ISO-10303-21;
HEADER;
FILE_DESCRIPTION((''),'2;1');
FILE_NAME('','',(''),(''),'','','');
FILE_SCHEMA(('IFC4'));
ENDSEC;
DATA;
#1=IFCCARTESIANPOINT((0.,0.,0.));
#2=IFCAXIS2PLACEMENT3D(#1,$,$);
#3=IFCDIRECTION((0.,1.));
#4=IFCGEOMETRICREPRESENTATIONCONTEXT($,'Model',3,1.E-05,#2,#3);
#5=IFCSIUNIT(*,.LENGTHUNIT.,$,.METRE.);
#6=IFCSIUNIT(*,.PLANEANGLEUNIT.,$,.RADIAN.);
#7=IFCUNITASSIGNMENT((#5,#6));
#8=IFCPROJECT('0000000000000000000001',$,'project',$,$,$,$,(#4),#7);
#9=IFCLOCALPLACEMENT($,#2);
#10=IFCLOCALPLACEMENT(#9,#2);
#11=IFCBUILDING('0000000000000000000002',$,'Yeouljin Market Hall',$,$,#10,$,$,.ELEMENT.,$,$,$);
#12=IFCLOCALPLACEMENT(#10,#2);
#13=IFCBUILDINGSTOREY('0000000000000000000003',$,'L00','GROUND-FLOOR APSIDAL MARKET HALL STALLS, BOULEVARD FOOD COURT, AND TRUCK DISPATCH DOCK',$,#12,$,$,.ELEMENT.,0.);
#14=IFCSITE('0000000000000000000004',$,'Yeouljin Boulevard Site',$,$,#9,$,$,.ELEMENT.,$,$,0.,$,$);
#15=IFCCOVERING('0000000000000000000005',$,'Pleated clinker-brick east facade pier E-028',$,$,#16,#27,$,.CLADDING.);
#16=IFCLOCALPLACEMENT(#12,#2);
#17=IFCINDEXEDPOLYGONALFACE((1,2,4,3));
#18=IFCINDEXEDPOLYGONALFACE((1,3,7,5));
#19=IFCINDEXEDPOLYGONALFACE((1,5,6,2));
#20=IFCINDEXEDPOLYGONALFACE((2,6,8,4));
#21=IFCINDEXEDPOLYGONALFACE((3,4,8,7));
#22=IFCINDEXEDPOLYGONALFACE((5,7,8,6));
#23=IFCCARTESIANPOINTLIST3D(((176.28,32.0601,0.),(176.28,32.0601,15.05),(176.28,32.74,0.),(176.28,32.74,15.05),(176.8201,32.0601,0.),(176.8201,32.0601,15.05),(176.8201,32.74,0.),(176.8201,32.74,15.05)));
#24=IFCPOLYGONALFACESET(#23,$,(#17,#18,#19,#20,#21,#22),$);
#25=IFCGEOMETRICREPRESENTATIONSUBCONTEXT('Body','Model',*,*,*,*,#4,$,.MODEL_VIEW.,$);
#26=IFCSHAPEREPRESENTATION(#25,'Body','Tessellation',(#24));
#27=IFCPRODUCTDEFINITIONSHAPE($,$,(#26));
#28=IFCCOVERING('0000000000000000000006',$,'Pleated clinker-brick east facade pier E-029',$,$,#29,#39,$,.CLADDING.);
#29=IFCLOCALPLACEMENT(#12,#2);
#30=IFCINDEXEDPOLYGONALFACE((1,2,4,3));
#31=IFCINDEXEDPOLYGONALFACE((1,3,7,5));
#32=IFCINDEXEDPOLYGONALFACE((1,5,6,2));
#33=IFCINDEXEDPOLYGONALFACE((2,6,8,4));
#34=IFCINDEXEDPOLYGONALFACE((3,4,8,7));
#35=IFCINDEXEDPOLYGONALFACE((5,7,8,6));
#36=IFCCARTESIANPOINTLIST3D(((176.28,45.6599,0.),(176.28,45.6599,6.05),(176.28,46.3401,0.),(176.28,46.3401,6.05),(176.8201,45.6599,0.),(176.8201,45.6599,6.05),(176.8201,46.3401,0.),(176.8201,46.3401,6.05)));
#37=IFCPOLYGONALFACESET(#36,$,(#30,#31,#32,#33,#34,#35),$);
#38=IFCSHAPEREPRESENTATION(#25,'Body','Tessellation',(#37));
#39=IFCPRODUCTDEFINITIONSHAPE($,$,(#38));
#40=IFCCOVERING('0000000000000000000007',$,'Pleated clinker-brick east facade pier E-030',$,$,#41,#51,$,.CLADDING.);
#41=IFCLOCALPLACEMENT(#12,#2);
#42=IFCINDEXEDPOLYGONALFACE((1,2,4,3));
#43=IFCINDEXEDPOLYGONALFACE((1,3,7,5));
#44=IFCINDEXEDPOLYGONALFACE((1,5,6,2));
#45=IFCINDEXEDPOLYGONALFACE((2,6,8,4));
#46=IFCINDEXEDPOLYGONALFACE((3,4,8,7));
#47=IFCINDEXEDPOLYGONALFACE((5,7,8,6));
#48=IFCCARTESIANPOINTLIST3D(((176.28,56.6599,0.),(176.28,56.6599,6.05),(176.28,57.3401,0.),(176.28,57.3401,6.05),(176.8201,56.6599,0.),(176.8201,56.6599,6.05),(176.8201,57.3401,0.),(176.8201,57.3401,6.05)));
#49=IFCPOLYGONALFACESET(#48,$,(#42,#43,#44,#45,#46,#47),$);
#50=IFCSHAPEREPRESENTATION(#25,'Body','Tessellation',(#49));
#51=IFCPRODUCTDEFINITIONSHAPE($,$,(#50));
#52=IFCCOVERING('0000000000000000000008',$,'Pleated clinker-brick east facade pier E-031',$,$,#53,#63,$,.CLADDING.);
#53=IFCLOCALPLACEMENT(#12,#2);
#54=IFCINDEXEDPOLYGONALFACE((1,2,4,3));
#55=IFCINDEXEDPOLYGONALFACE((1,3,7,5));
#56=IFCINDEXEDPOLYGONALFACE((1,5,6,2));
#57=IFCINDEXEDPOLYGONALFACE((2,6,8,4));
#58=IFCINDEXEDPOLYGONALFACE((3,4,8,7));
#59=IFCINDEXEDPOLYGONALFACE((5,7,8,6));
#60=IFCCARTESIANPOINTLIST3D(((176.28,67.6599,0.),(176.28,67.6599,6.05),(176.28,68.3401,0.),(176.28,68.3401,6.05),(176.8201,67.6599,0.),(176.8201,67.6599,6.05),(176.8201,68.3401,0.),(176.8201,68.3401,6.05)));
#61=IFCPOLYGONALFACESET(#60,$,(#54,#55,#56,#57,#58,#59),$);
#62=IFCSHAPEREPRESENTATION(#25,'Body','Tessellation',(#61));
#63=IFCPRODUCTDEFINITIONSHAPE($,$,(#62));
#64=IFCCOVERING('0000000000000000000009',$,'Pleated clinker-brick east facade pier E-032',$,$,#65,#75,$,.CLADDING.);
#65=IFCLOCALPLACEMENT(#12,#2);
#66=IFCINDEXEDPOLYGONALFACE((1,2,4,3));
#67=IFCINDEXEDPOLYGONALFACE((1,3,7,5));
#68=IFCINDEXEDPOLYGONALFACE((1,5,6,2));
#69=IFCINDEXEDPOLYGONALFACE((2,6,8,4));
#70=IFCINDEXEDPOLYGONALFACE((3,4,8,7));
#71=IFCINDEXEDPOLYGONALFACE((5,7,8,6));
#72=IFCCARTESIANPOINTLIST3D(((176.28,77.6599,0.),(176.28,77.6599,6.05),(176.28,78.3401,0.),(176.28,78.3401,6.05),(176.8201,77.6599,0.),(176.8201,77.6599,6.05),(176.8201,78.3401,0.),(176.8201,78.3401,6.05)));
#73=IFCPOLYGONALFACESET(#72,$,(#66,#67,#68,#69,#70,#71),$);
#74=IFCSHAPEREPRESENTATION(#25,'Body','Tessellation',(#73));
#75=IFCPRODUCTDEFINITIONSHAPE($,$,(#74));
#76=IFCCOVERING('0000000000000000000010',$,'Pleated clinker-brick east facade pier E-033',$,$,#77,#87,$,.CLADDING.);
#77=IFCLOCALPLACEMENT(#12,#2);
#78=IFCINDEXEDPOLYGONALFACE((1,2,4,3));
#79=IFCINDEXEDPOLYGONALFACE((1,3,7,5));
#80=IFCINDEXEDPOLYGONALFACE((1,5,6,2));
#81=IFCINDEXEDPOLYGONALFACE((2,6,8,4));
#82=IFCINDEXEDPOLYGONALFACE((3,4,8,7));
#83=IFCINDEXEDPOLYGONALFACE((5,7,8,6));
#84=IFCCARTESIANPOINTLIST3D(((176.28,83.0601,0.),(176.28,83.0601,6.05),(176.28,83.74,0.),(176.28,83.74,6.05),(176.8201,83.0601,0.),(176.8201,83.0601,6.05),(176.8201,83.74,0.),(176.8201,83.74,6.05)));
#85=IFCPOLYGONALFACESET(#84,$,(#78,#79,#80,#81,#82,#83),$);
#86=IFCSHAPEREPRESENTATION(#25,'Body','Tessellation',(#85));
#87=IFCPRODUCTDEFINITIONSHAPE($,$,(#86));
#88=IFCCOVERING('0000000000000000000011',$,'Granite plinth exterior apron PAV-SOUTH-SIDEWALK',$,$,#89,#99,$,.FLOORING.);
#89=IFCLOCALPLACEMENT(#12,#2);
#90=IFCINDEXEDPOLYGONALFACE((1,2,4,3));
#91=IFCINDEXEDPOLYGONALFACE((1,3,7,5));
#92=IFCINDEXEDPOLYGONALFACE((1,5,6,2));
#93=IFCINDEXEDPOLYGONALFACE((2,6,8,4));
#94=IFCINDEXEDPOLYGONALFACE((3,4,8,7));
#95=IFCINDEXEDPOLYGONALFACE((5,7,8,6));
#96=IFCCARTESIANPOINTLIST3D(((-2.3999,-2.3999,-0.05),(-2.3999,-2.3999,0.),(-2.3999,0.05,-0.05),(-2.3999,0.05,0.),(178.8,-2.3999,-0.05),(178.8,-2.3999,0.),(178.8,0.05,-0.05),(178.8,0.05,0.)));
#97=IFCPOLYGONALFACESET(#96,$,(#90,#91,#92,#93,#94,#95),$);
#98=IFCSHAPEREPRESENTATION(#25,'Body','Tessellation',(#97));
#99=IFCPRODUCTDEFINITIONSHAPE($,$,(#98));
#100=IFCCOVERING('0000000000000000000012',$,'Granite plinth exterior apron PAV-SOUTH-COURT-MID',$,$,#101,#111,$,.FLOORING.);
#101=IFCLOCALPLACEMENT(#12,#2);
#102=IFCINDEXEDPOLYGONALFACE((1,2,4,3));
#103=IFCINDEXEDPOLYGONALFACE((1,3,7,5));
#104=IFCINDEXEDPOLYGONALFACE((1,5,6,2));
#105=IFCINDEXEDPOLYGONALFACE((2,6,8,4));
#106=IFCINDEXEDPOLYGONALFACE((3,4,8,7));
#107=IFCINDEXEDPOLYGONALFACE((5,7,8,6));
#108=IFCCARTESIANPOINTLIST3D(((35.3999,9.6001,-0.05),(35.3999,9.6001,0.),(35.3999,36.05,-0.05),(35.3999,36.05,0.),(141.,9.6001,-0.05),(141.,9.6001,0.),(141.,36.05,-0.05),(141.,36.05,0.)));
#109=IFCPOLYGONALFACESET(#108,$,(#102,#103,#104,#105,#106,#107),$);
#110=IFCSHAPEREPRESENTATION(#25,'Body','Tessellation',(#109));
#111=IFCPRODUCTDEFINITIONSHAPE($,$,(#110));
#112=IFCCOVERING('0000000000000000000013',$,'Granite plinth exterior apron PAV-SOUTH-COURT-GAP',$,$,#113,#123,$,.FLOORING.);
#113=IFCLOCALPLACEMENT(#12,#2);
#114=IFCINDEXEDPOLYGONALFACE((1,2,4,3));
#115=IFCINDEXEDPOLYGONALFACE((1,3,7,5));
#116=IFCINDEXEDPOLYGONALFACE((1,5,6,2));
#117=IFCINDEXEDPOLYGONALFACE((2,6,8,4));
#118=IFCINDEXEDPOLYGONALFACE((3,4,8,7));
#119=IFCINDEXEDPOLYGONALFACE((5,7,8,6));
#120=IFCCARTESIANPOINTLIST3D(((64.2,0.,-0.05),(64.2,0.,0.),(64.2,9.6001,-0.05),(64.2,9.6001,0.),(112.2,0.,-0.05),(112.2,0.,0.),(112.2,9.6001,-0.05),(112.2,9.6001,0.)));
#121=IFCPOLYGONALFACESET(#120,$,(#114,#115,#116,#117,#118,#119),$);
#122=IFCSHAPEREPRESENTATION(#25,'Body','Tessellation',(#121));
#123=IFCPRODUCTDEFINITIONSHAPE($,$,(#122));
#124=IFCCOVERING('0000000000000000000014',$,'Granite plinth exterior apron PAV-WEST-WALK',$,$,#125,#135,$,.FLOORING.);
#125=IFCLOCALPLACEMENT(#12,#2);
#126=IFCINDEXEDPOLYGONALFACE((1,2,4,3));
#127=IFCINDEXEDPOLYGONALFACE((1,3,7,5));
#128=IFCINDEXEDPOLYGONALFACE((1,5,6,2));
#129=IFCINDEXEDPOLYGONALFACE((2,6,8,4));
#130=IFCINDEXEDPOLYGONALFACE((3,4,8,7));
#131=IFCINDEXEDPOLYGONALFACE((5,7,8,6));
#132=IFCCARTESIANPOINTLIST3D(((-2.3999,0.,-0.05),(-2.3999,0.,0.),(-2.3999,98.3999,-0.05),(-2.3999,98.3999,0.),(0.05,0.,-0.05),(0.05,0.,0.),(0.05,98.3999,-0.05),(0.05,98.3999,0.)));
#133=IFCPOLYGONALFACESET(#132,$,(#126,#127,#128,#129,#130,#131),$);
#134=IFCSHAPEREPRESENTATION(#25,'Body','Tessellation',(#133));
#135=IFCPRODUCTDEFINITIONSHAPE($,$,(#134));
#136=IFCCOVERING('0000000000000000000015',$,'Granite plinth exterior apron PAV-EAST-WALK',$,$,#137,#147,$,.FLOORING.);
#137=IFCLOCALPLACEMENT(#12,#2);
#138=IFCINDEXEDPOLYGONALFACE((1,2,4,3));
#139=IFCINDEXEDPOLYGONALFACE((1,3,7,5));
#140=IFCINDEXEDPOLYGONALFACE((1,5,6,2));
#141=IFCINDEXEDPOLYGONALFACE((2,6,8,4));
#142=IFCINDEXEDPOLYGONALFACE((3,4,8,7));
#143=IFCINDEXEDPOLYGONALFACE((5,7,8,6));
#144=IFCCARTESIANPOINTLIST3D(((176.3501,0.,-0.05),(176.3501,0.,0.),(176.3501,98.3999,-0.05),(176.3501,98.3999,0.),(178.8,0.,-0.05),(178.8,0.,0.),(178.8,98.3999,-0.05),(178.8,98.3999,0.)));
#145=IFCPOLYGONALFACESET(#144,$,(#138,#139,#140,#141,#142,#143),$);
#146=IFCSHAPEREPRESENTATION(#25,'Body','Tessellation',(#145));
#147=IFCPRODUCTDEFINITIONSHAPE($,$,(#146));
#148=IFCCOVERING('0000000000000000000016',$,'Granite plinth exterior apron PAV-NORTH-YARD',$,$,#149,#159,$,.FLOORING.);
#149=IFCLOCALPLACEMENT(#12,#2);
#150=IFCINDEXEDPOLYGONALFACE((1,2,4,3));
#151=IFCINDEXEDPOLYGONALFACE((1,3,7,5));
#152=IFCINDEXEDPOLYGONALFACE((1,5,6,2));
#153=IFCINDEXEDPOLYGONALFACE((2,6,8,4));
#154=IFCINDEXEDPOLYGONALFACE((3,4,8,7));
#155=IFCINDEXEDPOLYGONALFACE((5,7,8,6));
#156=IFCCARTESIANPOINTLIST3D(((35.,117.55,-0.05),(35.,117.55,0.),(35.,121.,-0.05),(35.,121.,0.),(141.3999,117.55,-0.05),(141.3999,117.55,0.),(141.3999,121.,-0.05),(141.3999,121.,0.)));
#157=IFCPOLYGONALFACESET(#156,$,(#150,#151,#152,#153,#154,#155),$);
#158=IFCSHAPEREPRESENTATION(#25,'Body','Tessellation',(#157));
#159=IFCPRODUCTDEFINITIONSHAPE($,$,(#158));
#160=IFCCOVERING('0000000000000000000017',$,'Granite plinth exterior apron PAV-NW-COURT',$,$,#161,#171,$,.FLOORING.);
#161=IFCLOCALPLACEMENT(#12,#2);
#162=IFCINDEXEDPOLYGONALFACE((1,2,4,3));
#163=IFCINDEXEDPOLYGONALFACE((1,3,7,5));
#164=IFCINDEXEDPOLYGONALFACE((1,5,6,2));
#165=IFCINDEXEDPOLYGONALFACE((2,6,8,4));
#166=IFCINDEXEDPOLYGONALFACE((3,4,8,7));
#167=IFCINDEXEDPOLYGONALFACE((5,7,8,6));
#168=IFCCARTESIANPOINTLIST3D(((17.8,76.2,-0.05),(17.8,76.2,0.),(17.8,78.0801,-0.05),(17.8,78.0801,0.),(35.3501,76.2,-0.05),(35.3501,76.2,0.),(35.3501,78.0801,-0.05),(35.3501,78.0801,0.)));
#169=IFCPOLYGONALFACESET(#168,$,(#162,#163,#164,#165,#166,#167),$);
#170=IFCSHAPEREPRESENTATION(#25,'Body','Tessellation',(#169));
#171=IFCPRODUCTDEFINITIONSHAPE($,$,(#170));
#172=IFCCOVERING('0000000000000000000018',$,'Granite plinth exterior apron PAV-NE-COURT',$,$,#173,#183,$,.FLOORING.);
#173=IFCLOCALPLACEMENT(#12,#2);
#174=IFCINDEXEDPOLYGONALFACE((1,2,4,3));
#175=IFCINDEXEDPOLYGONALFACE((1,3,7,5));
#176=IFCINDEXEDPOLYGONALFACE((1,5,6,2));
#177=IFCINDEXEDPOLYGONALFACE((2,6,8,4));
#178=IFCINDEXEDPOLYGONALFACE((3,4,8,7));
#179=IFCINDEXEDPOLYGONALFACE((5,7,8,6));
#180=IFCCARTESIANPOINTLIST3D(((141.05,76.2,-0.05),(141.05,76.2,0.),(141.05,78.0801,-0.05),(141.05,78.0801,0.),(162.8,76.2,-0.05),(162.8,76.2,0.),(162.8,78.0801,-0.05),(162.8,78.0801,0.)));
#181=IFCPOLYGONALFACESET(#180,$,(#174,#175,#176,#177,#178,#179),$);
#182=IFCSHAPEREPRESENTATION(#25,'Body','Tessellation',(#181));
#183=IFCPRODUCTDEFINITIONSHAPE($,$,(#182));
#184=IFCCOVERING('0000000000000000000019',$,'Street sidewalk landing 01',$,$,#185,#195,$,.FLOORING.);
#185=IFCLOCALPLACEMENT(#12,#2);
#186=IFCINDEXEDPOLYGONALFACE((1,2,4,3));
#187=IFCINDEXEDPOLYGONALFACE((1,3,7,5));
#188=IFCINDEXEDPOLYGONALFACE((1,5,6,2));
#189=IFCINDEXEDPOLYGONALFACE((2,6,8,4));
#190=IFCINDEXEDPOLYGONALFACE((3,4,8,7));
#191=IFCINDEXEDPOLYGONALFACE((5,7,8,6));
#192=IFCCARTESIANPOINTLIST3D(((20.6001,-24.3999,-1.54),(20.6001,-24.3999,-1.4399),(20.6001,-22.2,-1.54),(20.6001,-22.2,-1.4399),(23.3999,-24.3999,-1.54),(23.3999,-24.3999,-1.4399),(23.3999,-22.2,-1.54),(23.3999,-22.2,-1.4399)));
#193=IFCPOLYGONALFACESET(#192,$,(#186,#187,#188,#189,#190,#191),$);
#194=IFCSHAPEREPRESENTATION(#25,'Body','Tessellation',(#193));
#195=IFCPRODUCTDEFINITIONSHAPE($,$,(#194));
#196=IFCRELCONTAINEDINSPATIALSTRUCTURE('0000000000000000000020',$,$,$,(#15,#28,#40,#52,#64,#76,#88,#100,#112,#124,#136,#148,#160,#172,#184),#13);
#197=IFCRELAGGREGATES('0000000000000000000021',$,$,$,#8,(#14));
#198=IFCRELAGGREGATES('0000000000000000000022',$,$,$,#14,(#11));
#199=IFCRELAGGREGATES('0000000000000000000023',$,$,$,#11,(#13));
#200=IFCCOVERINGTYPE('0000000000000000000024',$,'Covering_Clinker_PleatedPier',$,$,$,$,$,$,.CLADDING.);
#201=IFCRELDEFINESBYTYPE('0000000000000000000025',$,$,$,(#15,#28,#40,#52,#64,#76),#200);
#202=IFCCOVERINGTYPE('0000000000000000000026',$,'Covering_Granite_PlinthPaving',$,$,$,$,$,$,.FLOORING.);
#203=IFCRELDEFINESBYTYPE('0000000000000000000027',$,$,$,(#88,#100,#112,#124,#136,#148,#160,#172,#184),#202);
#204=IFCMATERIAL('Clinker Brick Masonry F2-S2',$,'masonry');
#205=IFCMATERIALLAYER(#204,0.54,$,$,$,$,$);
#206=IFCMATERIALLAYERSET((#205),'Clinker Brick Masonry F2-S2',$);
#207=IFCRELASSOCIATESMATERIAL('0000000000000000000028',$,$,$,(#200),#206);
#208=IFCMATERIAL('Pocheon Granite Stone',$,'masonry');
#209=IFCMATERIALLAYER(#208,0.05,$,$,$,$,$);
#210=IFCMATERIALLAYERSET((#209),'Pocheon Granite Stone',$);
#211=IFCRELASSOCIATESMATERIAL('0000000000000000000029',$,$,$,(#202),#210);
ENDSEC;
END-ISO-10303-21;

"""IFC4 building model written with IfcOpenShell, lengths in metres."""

from ifc_helpers import new_model, si_unit, direction, frame, origin, place, context, subcontext, project, spatial, polyline, outline, extrude, material, layer, layer_set, type_object, element, save


model = new_model("IFC4")

# Units and contexts
model_context = context("Model", 3, precision=1e-05, world=origin(), true_north=direction((0.0, 1.0)))
body_context = subcontext(model_context, "Body", "Model", "MODEL_VIEW")
ifc_project = project(units=[si_unit("LENGTHUNIT", "METRE"), si_unit("PLANEANGLEUNIT", "RADIAN")], contexts=[model_context])

# Site, building, storey
site_placement = place(None, origin())
site = spatial("IfcSite", under=ifc_project, at=site_placement, Name="Yeouljin Boulevard Site", CompositionType="ELEMENT", RefElevation=0.0)
building_placement = place(site_placement, origin())
building = spatial("IfcBuilding", under=site, at=building_placement, Name="Yeouljin Market Hall", CompositionType="ELEMENT")
storey_placement = place(building_placement, origin())
storey = spatial("IfcBuildingStorey", under=building, at=storey_placement, Name="L00", Description="GROUND-FLOOR APSIDAL MARKET HALL STALLS, BOULEVARD FOOD COURT, AND TRUCK DISPATCH DOCK", CompositionType="ELEMENT", Elevation=0.0)

# Coverings
ifc_material_1 = material(Name="Clinker Brick Masonry F2-S2", Category="masonry")
ifc_layer_1 = layer(ifc_material_1, 0.54)
ifc_layer_set_1 = layer_set([ifc_layer_1], Name="Clinker Brick Masonry F2-S2")
covering_type_1 = type_object("IfcCoveringType", Name="Covering_Clinker_PleatedPier", PredefinedType="CLADDING", material=ifc_layer_set_1)
covering_1_placement = place(storey_placement, origin())
element("IfcCovering", 1, at=covering_1_placement, inside=storey, type_object=covering_type_1, Name="Pleated clinker-brick east facade pier E-028", PredefinedType="CLADDING", context=body_context, shape_type="SweptSolid", body=[
    extrude(outline(polyline([(176.28, 32.0601), (176.8201, 32.0601), (176.8201, 32.74), (176.28, 32.74), (176.28, 32.0601)])), origin(), (0.0, 0.0, 1.0), 15.05),
])
covering_2_placement = place(storey_placement, origin())
element("IfcCovering", 2, at=covering_2_placement, inside=storey, type_object=covering_type_1, Name="Pleated clinker-brick east facade pier E-029", PredefinedType="CLADDING", context=body_context, shape_type="SweptSolid", body=[
    extrude(outline(polyline([(176.28, 45.6599), (176.8201, 45.6599), (176.8201, 46.3401), (176.28, 46.3401), (176.28, 45.6599)])), origin(), (0.0, 0.0, 1.0), 6.05),
])
covering_3_placement = place(storey_placement, origin())
element("IfcCovering", 3, at=covering_3_placement, inside=storey, type_object=covering_type_1, Name="Pleated clinker-brick east facade pier E-030", PredefinedType="CLADDING", context=body_context, shape_type="SweptSolid", body=[
    extrude(outline(polyline([(176.28, 56.6599), (176.8201, 56.6599), (176.8201, 57.3401), (176.28, 57.3401), (176.28, 56.6599)])), origin(), (0.0, 0.0, 1.0), 6.05),
])
covering_4_placement = place(storey_placement, origin())
element("IfcCovering", 4, at=covering_4_placement, inside=storey, type_object=covering_type_1, Name="Pleated clinker-brick east facade pier E-031", PredefinedType="CLADDING", context=body_context, shape_type="SweptSolid", body=[
    extrude(outline(polyline([(176.28, 67.6599), (176.8201, 67.6599), (176.8201, 68.3401), (176.28, 68.3401), (176.28, 67.6599)])), origin(), (0.0, 0.0, 1.0), 6.05),
])
covering_5_placement = place(storey_placement, origin())
element("IfcCovering", 5, at=covering_5_placement, inside=storey, type_object=covering_type_1, Name="Pleated clinker-brick east facade pier E-032", PredefinedType="CLADDING", context=body_context, shape_type="SweptSolid", body=[
    extrude(outline(polyline([(176.28, 77.6599), (176.8201, 77.6599), (176.8201, 78.3401), (176.28, 78.3401), (176.28, 77.6599)])), origin(), (0.0, 0.0, 1.0), 6.05),
])
covering_6_placement = place(storey_placement, origin())
element("IfcCovering", 6, at=covering_6_placement, inside=storey, type_object=covering_type_1, Name="Pleated clinker-brick east facade pier E-033", PredefinedType="CLADDING", context=body_context, shape_type="SweptSolid", body=[
    extrude(outline(polyline([(176.28, 83.0601), (176.8201, 83.0601), (176.8201, 83.74), (176.28, 83.74), (176.28, 83.0601)])), origin(), (0.0, 0.0, 1.0), 6.05),
])
ifc_material_2 = material(Name="Pocheon Granite Stone", Category="masonry")
ifc_layer_2 = layer(ifc_material_2, 0.05)
ifc_layer_set_2 = layer_set([ifc_layer_2], Name="Pocheon Granite Stone")
covering_type_2 = type_object("IfcCoveringType", Name="Covering_Granite_PlinthPaving", PredefinedType="FLOORING", material=ifc_layer_set_2)
covering_7_placement = place(storey_placement, frame((0.0, 0.0, -0.05)))
element("IfcCovering", 7, at=covering_7_placement, inside=storey, type_object=covering_type_2, Name="Granite plinth exterior apron PAV-SOUTH-SIDEWALK", PredefinedType="FLOORING", context=body_context, shape_type="SweptSolid", body=[
    extrude(outline(polyline([(-2.3999, -2.3999), (178.8, -2.3999), (178.8, 0.05), (-2.3999, 0.05), (-2.3999, -2.3999)])), origin(), (0.0, 0.0, 1.0), 0.05),
])
covering_8_placement = place(storey_placement, frame((0.0, 0.0, -0.05)))
element("IfcCovering", 8, at=covering_8_placement, inside=storey, type_object=covering_type_2, Name="Granite plinth exterior apron PAV-SOUTH-COURT-MID", PredefinedType="FLOORING", context=body_context, shape_type="SweptSolid", body=[
    extrude(outline(polyline([(35.3999, 9.6001), (141.0, 9.6001), (141.0, 36.05), (35.3999, 36.05), (35.3999, 9.6001)])), origin(), (0.0, 0.0, 1.0), 0.05),
])
covering_9_placement = place(storey_placement, frame((0.0, 0.0, -0.05)))
element("IfcCovering", 9, at=covering_9_placement, inside=storey, type_object=covering_type_2, Name="Granite plinth exterior apron PAV-SOUTH-COURT-GAP", PredefinedType="FLOORING", context=body_context, shape_type="SweptSolid", body=[
    extrude(outline(polyline([(64.2, 0.0), (112.2, 0.0), (112.2, 9.6001), (64.2, 9.6001), (64.2, 0.0)])), origin(), (0.0, 0.0, 1.0), 0.05),
])
covering_10_placement = place(storey_placement, frame((0.0, 0.0, -0.05)))
element("IfcCovering", 10, at=covering_10_placement, inside=storey, type_object=covering_type_2, Name="Granite plinth exterior apron PAV-WEST-WALK", PredefinedType="FLOORING", context=body_context, shape_type="SweptSolid", body=[
    extrude(outline(polyline([(-2.3999, 0.0), (0.05, 0.0), (0.05, 98.3999), (-2.3999, 98.3999), (-2.3999, 0.0)])), origin(), (0.0, 0.0, 1.0), 0.05),
])
covering_11_placement = place(storey_placement, frame((0.0, 0.0, -0.05)))
element("IfcCovering", 11, at=covering_11_placement, inside=storey, type_object=covering_type_2, Name="Granite plinth exterior apron PAV-EAST-WALK", PredefinedType="FLOORING", context=body_context, shape_type="SweptSolid", body=[
    extrude(outline(polyline([(176.3501, 0.0), (178.8, 0.0), (178.8, 98.3999), (176.3501, 98.3999), (176.3501, 0.0)])), origin(), (0.0, 0.0, 1.0), 0.05),
])
covering_12_placement = place(storey_placement, frame((0.0, 0.0, -0.05)))
element("IfcCovering", 12, at=covering_12_placement, inside=storey, type_object=covering_type_2, Name="Granite plinth exterior apron PAV-NORTH-YARD", PredefinedType="FLOORING", context=body_context, shape_type="SweptSolid", body=[
    extrude(outline(polyline([(35.0, 117.55), (141.3999, 117.55), (141.3999, 121.0), (35.0, 121.0), (35.0, 117.55)])), origin(), (0.0, 0.0, 1.0), 0.05),
])
covering_13_placement = place(storey_placement, frame((0.0, 0.0, -0.05)))
element("IfcCovering", 13, at=covering_13_placement, inside=storey, type_object=covering_type_2, Name="Granite plinth exterior apron PAV-NW-COURT", PredefinedType="FLOORING", context=body_context, shape_type="SweptSolid", body=[
    extrude(outline(polyline([(17.8, 76.2), (35.3501, 76.2), (35.3501, 78.0801), (17.8, 78.0801), (17.8, 76.2)])), origin(), (0.0, 0.0, 1.0), 0.05),
])
covering_14_placement = place(storey_placement, frame((0.0, 0.0, -0.05)))
element("IfcCovering", 14, at=covering_14_placement, inside=storey, type_object=covering_type_2, Name="Granite plinth exterior apron PAV-NE-COURT", PredefinedType="FLOORING", context=body_context, shape_type="SweptSolid", body=[
    extrude(outline(polyline([(141.05, 76.2), (162.8, 76.2), (162.8, 78.0801), (141.05, 78.0801), (141.05, 76.2)])), origin(), (0.0, 0.0, 1.0), 0.05),
])
covering_15_placement = place(storey_placement, frame((0.0, 0.0, -1.54)))
element("IfcCovering", 15, at=covering_15_placement, inside=storey, type_object=covering_type_2, Name="Street sidewalk landing 01", PredefinedType="FLOORING", context=body_context, shape_type="SweptSolid", body=[
    extrude(outline(polyline([(20.6001, -24.3999), (23.3999, -24.3999), (23.3999, -22.2), (20.6001, -22.2), (20.6001, -24.3999)])), origin(), (0.0, 0.0, 1.0), 0.1001),
])

save(model, "model.ifc")
